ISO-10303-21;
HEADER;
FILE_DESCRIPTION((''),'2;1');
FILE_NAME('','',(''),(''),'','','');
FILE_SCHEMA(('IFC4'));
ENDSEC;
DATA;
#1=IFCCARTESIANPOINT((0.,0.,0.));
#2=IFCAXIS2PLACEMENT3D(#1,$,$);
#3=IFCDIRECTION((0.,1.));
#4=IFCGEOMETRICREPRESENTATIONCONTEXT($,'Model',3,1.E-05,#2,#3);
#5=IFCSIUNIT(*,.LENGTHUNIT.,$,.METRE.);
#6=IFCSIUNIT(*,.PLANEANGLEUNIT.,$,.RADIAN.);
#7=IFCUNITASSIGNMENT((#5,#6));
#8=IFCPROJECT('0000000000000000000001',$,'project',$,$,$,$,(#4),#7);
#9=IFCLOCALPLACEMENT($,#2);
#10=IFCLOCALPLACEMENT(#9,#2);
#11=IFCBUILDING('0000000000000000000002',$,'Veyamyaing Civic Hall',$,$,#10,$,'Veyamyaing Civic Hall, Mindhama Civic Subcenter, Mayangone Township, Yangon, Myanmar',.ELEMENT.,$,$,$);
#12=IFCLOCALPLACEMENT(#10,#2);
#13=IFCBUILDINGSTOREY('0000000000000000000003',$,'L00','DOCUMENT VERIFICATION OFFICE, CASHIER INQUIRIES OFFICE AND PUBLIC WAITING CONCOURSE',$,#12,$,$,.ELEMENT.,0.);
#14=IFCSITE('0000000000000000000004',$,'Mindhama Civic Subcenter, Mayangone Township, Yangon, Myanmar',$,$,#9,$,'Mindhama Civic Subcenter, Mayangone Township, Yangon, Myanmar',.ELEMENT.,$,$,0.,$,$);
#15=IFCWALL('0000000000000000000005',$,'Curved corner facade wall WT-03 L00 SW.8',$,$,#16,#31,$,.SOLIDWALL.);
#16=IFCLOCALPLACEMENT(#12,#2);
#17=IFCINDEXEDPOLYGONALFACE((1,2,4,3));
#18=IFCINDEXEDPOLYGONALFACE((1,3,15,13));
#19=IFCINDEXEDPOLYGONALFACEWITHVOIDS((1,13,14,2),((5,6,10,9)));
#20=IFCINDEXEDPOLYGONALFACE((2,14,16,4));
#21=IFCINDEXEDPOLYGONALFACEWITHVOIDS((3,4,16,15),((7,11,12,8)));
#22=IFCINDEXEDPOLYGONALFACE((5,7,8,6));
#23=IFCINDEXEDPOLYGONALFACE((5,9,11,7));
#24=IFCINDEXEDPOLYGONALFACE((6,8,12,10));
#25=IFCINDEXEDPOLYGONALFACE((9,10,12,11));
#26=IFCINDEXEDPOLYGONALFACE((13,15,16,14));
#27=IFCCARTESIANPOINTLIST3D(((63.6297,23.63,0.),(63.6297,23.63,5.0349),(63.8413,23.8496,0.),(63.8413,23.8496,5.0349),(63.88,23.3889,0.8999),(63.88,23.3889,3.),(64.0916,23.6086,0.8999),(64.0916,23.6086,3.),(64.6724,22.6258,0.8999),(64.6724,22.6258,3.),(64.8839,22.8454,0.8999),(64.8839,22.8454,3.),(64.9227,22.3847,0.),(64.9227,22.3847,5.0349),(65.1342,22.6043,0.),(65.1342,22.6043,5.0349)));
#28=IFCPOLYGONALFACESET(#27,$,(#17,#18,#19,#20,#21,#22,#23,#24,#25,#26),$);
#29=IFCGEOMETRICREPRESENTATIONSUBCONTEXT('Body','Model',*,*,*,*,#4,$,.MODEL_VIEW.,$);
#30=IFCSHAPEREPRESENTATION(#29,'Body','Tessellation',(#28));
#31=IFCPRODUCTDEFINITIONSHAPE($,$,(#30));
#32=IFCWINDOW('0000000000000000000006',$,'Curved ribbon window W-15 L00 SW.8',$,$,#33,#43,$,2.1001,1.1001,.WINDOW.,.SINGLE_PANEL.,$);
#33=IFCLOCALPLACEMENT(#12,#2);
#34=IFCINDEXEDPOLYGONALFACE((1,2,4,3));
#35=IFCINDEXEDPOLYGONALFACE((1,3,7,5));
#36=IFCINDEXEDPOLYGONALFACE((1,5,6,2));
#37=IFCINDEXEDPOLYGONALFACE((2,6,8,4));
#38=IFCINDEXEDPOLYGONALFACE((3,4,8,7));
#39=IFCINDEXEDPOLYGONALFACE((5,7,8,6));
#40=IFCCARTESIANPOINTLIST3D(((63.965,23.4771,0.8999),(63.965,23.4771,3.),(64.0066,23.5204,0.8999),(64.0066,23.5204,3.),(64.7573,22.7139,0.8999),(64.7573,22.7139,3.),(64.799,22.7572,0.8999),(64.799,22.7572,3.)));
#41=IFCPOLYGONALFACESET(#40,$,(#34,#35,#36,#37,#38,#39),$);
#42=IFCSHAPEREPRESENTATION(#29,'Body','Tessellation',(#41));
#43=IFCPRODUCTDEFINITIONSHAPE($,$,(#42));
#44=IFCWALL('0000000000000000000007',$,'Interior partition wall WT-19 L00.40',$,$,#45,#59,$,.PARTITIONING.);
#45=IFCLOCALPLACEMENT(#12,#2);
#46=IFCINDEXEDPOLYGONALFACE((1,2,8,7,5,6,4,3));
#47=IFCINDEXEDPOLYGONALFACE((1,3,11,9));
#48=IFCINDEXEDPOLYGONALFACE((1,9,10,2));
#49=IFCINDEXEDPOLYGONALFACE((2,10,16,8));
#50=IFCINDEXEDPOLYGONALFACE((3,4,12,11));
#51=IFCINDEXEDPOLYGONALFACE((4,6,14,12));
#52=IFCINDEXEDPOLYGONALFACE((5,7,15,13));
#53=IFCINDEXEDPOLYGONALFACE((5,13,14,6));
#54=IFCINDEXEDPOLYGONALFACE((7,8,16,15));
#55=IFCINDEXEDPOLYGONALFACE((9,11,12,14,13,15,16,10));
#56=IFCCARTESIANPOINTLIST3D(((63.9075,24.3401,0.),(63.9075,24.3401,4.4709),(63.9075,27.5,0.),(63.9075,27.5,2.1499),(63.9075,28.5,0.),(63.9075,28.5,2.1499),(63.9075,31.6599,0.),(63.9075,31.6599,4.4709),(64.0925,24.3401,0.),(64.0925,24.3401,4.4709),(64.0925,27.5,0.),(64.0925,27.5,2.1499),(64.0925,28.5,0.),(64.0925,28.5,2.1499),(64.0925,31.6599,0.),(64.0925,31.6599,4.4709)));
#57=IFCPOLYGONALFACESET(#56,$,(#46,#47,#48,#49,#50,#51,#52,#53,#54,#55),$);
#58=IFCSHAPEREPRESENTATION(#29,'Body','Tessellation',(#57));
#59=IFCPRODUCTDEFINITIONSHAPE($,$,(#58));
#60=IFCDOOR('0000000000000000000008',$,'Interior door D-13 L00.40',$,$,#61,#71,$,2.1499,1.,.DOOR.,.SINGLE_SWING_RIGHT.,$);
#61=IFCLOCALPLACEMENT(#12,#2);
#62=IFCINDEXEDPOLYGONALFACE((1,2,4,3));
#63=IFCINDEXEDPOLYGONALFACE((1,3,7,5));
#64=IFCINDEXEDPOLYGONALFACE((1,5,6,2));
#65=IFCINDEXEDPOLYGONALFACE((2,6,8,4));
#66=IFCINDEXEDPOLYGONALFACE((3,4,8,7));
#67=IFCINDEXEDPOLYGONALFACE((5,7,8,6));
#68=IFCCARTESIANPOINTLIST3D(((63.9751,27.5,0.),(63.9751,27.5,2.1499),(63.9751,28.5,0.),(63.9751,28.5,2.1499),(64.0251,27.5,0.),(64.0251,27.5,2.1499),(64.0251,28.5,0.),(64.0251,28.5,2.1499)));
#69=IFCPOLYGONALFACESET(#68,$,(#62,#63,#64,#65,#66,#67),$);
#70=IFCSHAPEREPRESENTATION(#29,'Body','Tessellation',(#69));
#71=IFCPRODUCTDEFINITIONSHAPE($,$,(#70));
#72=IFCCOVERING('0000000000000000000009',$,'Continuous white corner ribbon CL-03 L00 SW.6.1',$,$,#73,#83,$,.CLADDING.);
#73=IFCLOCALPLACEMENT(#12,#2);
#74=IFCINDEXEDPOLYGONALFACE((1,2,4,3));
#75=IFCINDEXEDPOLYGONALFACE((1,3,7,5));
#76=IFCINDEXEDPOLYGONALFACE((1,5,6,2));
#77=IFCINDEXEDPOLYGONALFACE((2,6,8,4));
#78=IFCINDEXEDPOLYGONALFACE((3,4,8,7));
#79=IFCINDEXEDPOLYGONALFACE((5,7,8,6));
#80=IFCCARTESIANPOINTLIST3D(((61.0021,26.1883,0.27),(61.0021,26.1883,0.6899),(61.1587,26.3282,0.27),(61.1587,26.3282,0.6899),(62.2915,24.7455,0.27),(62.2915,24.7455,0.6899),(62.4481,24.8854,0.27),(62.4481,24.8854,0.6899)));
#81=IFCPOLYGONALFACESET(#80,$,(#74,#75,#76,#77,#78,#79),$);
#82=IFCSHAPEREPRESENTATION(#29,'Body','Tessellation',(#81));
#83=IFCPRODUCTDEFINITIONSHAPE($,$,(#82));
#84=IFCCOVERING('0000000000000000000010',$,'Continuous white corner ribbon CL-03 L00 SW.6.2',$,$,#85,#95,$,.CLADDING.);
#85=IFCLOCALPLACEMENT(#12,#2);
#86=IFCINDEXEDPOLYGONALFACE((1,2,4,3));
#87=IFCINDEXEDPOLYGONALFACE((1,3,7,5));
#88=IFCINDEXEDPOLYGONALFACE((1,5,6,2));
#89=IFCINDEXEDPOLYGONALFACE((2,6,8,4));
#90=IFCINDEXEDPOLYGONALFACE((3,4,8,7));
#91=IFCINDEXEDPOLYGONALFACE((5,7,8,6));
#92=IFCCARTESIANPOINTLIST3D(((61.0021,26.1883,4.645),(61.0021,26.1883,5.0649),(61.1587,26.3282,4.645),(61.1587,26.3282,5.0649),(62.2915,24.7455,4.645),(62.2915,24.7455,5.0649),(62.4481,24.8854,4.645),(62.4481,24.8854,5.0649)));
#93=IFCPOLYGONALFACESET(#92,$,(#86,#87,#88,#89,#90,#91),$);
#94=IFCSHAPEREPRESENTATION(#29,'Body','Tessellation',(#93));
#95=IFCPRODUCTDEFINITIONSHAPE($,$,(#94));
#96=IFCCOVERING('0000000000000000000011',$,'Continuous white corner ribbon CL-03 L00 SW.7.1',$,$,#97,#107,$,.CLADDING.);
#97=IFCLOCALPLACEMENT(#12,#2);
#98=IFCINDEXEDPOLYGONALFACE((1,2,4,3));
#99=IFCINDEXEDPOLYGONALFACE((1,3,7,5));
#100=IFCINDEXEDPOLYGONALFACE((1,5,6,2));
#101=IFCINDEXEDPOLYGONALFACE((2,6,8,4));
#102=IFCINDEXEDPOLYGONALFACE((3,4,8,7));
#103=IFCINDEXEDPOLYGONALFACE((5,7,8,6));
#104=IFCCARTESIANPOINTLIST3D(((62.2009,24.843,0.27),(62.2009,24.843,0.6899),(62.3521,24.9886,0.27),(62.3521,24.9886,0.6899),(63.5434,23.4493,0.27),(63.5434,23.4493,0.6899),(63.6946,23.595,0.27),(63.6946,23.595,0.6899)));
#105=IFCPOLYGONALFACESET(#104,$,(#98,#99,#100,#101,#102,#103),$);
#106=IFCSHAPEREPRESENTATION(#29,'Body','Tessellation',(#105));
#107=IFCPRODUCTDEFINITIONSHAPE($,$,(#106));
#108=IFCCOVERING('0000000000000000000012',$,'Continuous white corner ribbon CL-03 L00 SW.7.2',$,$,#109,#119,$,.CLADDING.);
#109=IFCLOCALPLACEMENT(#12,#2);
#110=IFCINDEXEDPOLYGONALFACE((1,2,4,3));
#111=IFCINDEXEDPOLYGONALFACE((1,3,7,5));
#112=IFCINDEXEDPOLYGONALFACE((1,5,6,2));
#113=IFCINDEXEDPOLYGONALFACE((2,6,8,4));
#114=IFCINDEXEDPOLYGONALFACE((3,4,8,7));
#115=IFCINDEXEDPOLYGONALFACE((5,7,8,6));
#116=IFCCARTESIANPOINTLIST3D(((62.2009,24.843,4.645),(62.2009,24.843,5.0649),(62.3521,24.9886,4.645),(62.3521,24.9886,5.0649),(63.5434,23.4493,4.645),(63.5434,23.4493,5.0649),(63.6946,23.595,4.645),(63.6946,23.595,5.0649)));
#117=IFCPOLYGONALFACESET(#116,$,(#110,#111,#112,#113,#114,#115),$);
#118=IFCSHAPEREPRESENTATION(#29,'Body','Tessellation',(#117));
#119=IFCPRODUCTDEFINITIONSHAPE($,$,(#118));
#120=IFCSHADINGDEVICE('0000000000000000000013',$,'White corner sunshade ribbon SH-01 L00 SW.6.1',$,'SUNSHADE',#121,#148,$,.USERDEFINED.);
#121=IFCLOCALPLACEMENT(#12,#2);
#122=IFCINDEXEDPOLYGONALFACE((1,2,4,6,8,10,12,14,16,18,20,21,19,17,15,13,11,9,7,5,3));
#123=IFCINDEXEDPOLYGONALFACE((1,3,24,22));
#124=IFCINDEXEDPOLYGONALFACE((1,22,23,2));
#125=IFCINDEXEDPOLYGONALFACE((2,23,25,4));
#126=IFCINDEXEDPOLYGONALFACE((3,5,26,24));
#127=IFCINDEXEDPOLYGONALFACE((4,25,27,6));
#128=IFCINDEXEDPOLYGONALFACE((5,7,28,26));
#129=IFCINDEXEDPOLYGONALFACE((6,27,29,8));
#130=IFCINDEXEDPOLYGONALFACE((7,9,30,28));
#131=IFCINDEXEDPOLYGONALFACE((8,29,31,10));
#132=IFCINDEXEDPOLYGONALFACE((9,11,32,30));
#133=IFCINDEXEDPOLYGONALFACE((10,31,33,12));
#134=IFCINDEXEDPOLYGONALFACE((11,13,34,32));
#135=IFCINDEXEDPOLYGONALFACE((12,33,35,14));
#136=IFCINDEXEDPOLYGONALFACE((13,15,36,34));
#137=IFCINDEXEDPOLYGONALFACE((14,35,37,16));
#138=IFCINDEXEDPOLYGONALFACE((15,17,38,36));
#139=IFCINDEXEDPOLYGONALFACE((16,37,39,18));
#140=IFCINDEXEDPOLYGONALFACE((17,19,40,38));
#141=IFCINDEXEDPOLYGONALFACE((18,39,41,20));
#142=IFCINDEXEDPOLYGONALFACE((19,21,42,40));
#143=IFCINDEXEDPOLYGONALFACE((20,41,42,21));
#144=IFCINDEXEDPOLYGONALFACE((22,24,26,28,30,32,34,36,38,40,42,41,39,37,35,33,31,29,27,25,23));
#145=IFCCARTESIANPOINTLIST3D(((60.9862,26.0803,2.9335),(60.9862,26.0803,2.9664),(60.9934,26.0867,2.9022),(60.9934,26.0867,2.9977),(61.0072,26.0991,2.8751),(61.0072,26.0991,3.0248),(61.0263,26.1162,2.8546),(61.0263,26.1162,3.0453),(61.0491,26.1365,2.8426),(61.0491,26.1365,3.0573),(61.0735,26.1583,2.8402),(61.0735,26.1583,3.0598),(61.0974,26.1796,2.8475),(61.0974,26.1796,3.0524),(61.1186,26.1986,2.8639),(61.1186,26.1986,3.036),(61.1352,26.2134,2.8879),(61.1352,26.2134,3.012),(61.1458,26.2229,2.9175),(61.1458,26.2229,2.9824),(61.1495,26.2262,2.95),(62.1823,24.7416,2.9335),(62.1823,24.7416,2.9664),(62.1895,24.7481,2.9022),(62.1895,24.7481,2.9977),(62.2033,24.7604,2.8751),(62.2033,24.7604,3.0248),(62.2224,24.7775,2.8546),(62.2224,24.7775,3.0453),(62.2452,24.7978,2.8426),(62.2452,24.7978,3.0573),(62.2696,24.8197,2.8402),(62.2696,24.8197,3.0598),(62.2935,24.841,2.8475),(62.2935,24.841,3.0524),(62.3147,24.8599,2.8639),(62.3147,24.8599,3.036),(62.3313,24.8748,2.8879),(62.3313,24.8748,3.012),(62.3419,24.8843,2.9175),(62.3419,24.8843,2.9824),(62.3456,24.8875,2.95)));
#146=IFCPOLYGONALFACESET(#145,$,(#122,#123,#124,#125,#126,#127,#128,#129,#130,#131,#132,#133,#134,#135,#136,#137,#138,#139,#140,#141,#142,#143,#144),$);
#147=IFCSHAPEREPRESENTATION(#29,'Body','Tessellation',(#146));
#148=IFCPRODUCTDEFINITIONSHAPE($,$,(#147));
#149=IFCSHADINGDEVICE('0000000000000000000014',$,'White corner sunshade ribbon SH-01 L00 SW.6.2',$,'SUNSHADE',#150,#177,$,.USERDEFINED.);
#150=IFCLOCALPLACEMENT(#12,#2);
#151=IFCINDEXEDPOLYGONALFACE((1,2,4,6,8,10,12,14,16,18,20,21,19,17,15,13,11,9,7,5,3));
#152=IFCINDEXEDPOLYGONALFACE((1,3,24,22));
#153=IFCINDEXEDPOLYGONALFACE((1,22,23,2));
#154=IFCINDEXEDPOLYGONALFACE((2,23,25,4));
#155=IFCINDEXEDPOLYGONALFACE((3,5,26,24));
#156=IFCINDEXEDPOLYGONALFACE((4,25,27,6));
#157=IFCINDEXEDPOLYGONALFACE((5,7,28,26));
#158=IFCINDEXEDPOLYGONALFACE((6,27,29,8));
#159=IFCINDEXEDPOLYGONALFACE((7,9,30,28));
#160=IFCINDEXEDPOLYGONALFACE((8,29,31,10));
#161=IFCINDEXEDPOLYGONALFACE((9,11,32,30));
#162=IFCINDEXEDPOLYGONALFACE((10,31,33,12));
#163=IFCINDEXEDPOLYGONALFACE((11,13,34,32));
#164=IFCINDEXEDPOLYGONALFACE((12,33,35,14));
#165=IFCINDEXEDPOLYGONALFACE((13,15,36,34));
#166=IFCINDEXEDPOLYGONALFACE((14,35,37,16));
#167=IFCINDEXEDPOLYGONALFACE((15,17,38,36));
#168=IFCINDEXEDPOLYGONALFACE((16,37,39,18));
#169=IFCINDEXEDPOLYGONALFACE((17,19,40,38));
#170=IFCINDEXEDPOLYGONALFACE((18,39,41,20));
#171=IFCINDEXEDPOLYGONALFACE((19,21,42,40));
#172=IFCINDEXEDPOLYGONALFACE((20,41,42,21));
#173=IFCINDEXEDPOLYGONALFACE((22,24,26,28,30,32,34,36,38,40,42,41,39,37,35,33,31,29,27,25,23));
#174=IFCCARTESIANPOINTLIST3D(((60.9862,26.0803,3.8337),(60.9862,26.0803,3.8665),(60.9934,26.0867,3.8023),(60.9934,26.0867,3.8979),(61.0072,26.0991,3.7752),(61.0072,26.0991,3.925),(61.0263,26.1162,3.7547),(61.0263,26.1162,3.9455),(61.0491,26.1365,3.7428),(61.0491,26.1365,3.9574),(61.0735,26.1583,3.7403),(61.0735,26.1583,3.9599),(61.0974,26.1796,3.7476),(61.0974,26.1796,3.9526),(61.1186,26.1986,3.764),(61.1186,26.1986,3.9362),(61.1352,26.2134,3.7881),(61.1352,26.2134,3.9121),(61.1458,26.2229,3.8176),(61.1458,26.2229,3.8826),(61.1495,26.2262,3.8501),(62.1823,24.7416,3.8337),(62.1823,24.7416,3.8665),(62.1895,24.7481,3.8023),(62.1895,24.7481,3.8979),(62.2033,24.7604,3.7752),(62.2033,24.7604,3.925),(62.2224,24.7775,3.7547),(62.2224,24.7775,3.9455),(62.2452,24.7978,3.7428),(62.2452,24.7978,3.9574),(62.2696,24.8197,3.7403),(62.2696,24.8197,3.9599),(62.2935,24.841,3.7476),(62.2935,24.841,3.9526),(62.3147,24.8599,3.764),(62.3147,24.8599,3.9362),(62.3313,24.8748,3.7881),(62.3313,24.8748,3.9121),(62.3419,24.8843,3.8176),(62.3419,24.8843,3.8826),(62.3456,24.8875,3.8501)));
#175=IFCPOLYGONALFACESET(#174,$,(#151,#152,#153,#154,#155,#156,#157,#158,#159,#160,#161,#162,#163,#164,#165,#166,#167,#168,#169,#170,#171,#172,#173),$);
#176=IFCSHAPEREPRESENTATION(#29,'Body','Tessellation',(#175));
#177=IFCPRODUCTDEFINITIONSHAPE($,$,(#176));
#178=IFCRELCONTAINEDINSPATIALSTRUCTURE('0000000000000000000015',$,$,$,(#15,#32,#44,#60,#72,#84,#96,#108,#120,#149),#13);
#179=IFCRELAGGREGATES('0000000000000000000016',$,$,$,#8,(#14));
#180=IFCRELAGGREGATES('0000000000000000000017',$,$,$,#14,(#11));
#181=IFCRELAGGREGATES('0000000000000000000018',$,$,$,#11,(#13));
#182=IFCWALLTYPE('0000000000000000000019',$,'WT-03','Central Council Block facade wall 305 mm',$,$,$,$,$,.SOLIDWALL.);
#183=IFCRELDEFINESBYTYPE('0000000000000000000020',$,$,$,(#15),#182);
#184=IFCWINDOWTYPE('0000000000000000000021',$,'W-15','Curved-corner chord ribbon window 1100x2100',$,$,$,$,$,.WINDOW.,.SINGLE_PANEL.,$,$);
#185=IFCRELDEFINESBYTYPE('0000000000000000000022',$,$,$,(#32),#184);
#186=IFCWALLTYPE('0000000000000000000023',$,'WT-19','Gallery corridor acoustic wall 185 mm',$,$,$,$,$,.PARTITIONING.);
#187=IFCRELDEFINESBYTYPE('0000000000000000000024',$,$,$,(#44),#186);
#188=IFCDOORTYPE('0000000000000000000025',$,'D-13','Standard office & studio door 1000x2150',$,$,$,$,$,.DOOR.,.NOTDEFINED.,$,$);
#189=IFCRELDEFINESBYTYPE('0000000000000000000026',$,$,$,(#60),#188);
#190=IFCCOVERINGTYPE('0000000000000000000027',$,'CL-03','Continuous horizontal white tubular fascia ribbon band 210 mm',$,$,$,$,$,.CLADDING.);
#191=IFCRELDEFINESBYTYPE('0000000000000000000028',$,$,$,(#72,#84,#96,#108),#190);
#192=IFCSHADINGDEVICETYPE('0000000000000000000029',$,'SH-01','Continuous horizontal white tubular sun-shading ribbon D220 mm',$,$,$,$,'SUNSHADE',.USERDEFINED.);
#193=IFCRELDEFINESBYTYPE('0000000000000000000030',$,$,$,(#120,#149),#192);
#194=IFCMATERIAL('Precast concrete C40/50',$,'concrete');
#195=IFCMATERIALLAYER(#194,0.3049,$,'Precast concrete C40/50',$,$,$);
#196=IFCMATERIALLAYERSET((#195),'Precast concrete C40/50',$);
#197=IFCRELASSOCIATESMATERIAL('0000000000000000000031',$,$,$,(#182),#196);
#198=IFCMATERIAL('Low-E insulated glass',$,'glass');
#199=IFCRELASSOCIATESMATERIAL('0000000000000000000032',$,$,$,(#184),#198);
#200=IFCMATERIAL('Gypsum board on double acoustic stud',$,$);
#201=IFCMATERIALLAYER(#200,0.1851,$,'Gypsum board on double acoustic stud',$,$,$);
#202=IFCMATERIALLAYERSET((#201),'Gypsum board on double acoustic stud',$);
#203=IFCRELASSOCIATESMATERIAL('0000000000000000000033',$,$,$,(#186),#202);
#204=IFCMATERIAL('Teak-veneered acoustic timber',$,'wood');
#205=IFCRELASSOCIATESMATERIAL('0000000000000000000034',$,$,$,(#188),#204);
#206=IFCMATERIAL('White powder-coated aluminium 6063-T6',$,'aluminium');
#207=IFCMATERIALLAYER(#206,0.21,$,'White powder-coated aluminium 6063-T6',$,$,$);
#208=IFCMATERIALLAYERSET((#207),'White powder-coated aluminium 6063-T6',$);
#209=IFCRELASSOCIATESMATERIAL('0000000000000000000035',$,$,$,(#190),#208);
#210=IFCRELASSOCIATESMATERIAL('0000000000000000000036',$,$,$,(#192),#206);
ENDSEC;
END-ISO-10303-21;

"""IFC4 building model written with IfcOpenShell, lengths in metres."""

from ifc_helpers import new_model, si_unit, direction, frame, frame_2d, origin, origin_2d, place, context, subcontext, project, spatial, rectangle, circle, extrude, material, layer, layer_set, material_profile, profile_set, type_object, element, fill, save


model = new_model("IFC4")

# Units and contexts
model_context = context("Model", 3, precision=1e-05, world=origin(), true_north=direction((0.0, 1.0)))
body_context = subcontext(model_context, "Body", "Model", "MODEL_VIEW")
ifc_project = project(units=[si_unit("LENGTHUNIT", "METRE"), si_unit("PLANEANGLEUNIT", "RADIAN")], contexts=[model_context])

# Site, building, storey
site_placement = place(None, origin())
site = spatial("IfcSite", under=ifc_project, at=site_placement, Name="Mindhama Civic Subcenter, Mayangone Township, Yangon, Myanmar", LongName="Mindhama Civic Subcenter, Mayangone Township, Yangon, Myanmar", CompositionType="ELEMENT", RefElevation=0.0)
building_placement = place(site_placement, origin())
building = spatial("IfcBuilding", under=site, at=building_placement, Name="Veyamyaing Civic Hall", LongName="Veyamyaing Civic Hall, Mindhama Civic Subcenter, Mayangone Township, Yangon, Myanmar", CompositionType="ELEMENT")
storey_placement = place(building_placement, origin())
storey = spatial("IfcBuildingStorey", under=building, at=storey_placement, Name="L00", Description="DOCUMENT VERIFICATION OFFICE, CASHIER INQUIRIES OFFICE AND PUBLIC WAITING CONCOURSE", CompositionType="ELEMENT", Elevation=0.0)

# Shared definitions
ifc_material_1 = material(Name="Precast concrete C40/50", Category="concrete")
ifc_layer_1 = layer(ifc_material_1, 0.3049, Name="Precast concrete C40/50")
ifc_layer_set_1 = layer_set([ifc_layer_1], Name="Precast concrete C40/50")
wall_type_1 = type_object("IfcWallType", Name="WT-03", Description="Central Council Block facade wall 305 mm", PredefinedType="SOLIDWALL", material=ifc_layer_set_1)

# Wall, opening, window
ifc_material_2 = material(Name="Low-E insulated glass", Category="glass")
window_type = type_object("IfcWindowType", Name="W-15", Description="Curved-corner chord ribbon window 1100x2100", PartitioningType="SINGLE_PANEL", PredefinedType="WINDOW", material=ifc_material_2)
wall_1_placement = place(storey_placement, frame((63.7356, 23.7397, 0.0), z_axis=(0.0, 0.0, 1.0), x_axis=(0.720242, -0.693723, 0.0)))
wall_1 = element("IfcWall", 1, at=wall_1_placement, inside=storey, type_object=wall_type_1, Name="Curved corner facade wall WT-03 L00 SW.8", PredefinedType="SOLIDWALL", context=body_context, shape_type="SweptSolid", body=[
    extrude(rectangle(XDim=1.7952, YDim=0.3049, at=frame_2d((0.8975, 0.0))), origin(), (0.0, 0.0, 1.0), 5.0349),
])
opening_1_placement = place(wall_1_placement, frame((0.3474, 0.0, 0.8999)))
opening_1 = element("IfcOpeningElement", 2, at=opening_1_placement, cuts=wall_1, PredefinedType="OPENING", context=body_context, shape_type="SweptSolid", body=[
    extrude(rectangle(XDim=1.1001, YDim=2.1001, at=frame_2d((0.55, 1.05))), frame((0.0, 0.1624, 0.0), z_axis=(0.0, -1.0, 0.0), x_axis=(1.0, 0.0, 0.0)), (0.0, 0.0, 1.0), 0.325),
])
window_1_placement = place(opening_1_placement, origin())
window_1 = element("IfcWindow", 3, at=window_1_placement, inside=storey, type_object=window_type, Name="Curved ribbon window W-15 L00 SW.8", OverallHeight=2.1001, OverallWidth=1.1001, PartitioningType="SINGLE_PANEL", PredefinedType="WINDOW", context=body_context, shape_type="SweptSolid", body=[
    extrude(rectangle(XDim=1.1001, YDim=2.1001, at=frame_2d((0.55, 1.05))), frame((0.0, 0.03, 0.0), z_axis=(0.0, -1.0, 0.0), x_axis=(1.0, 0.0, 0.0)), (0.0, 0.0, 1.0), 0.0601),
])
fill(opening_1, window_1)

# Wall, opening, door
ifc_material_3 = material(Name="Gypsum board on double acoustic stud")
ifc_layer_2 = layer(ifc_material_3, 0.1851, Name="Gypsum board on double acoustic stud")
ifc_layer_set_2 = layer_set([ifc_layer_2], Name="Gypsum board on double acoustic stud")
wall_type_2 = type_object("IfcWallType", Name="WT-19", Description="Gallery corridor acoustic wall 185 mm", PredefinedType="PARTITIONING", material=ifc_layer_set_2)
wall_2_placement = place(storey_placement, frame((64.0, 24.3401, 0.0), z_axis=(0.0, 0.0, 1.0), x_axis=(0.0, 1.0, 0.0)))
wall_2 = element("IfcWall", 4, at=wall_2_placement, inside=storey, type_object=wall_type_2, Name="Interior partition wall WT-19 L00.40", PredefinedType="PARTITIONING", context=body_context, shape_type="SweptSolid", body=[
    extrude(rectangle(XDim=7.3198, YDim=0.1851, at=frame_2d((3.6599, 0.0))), origin(), (0.0, 0.0, 1.0), 4.4709),
])
opening_2_placement = place(wall_2_placement, frame((3.1599, 0.0, 0.0)))
opening_2 = element("IfcOpeningElement", 5, at=opening_2_placement, cuts=wall_2, PredefinedType="OPENING", context=body_context, shape_type="SweptSolid", body=[
    extrude(rectangle(XDim=1.0, YDim=2.1499, at=frame_2d((0.5, 1.075))), frame((0.0, 0.1025, 0.0), z_axis=(0.0, -1.0, 0.0), x_axis=(1.0, 0.0, 0.0)), (0.0, 0.0, 1.0), 0.2051),
])
ifc_material_4 = material(Name="Teak-veneered acoustic timber", Category="wood")
door_type = type_object("IfcDoorType", Name="D-13", Description="Standard office & studio door 1000x2150", OperationType="NOTDEFINED", PredefinedType="DOOR", material=ifc_material_4)
door_placement = place(opening_2_placement, origin())
door = element("IfcDoor", 6, at=door_placement, inside=storey, type_object=door_type, Name="Interior door D-13 L00.40", OperationType="SINGLE_SWING_RIGHT", OverallHeight=2.1499, OverallWidth=1.0, PredefinedType="DOOR", context=body_context, shape_type="SweptSolid", body=[
    extrude(rectangle(XDim=1.0, YDim=2.1499, at=frame_2d((0.5, 1.075))), frame((0.0, 0.0249, 0.0), z_axis=(0.0, -1.0, 0.0), x_axis=(1.0, 0.0, 0.0)), (0.0, 0.0, 1.0), 0.05),
])
fill(opening_2, door)

# Coverings
ifc_material_5 = material(Name="White powder-coated aluminium 6063-T6", Category="aluminium")
ifc_layer_3 = layer(ifc_material_5, 0.21, Name="White powder-coated aluminium 6063-T6")
ifc_layer_set_3 = layer_set([ifc_layer_3], Name="White powder-coated aluminium 6063-T6")
covering_type = type_object("IfcCoveringType", Name="CL-03", Description="Continuous horizontal white tubular fascia ribbon band 210 mm", PredefinedType="CLADDING", material=ifc_layer_set_3)
for number, where, z_axis, x_axis, name in (
    (7, (61.7251, 25.5369, 0.27), (0.0, 0.0, 1.0), (0.666347, -0.745642, 0.0), "Continuous white corner ribbon CL-03 L00 SW.6.1"),
    (8, (61.7251, 25.5369, 4.645), (0.0, 0.0, 1.0), (0.666347, -0.745642, 0.0), "Continuous white corner ribbon CL-03 L00 SW.6.2"),
    (9, (62.9478, 24.219, 0.27), (0.0, 0.0, 1.0), (0.693761, -0.720205, 0.0), "Continuous white corner ribbon CL-03 L00 SW.7.1"),
    (10, (62.9478, 24.219, 4.645), (0.0, 0.0, 1.0), (0.693761, -0.720205, 0.0), "Continuous white corner ribbon CL-03 L00 SW.7.2"),
):
    element("IfcCovering", number, at=place(storey_placement, frame(where, z_axis=z_axis, x_axis=x_axis)), inside=storey, type_object=covering_type, Name=name, PredefinedType="CLADDING", context=body_context, shape_type="SweptSolid", body=[
        extrude(rectangle(XDim=1.9351, YDim=0.21, at=origin_2d()), origin(), (0.0, 0.0, 1.0), 0.4199),
    ])

# Shading devices
ifc_material_profile_1 = material_profile(ifc_material_5, circle(Radius=0.1101, at=origin_2d()), Name="SHADE-TUBE-220")
ifc_profile_set_1 = profile_set([ifc_material_profile_1], Name="White powder-coated aluminium 6063-T6")
shading_device_type = type_object("IfcShadingDeviceType", Name="SH-01", Description="Continuous horizontal white tubular sun-shading ribbon D220 mm", ElementType="SUNSHADE", PredefinedType="USERDEFINED", material=ifc_profile_set_1)
for number, where, z_axis, x_axis, name in (
    (11, (61.0674, 26.1528, 2.95), (0.666278, -0.745704, 0.0), (0.745704, 0.666278, 0.0), "White corner sunshade ribbon SH-01 L00 SW.6.1"),
    (12, (61.0674, 26.1528, 3.8501), (0.666278, -0.745704, 0.0), (0.745704, 0.666278, 0.0), "White corner sunshade ribbon SH-01 L00 SW.6.2"),
):
    element("IfcShadingDevice", number, at=place(storey_placement, frame(where, z_axis=z_axis, x_axis=x_axis)), inside=storey, type_object=shading_device_type, Name=name, ObjectType="SUNSHADE", PredefinedType="USERDEFINED", context=body_context, shape_type="SweptSolid", body=[
        extrude(circle(Radius=0.1101, at=origin_2d()), origin(), (0.0, 0.0, 1.0), 1.7952),
    ])

save(model, "model.ifc")
